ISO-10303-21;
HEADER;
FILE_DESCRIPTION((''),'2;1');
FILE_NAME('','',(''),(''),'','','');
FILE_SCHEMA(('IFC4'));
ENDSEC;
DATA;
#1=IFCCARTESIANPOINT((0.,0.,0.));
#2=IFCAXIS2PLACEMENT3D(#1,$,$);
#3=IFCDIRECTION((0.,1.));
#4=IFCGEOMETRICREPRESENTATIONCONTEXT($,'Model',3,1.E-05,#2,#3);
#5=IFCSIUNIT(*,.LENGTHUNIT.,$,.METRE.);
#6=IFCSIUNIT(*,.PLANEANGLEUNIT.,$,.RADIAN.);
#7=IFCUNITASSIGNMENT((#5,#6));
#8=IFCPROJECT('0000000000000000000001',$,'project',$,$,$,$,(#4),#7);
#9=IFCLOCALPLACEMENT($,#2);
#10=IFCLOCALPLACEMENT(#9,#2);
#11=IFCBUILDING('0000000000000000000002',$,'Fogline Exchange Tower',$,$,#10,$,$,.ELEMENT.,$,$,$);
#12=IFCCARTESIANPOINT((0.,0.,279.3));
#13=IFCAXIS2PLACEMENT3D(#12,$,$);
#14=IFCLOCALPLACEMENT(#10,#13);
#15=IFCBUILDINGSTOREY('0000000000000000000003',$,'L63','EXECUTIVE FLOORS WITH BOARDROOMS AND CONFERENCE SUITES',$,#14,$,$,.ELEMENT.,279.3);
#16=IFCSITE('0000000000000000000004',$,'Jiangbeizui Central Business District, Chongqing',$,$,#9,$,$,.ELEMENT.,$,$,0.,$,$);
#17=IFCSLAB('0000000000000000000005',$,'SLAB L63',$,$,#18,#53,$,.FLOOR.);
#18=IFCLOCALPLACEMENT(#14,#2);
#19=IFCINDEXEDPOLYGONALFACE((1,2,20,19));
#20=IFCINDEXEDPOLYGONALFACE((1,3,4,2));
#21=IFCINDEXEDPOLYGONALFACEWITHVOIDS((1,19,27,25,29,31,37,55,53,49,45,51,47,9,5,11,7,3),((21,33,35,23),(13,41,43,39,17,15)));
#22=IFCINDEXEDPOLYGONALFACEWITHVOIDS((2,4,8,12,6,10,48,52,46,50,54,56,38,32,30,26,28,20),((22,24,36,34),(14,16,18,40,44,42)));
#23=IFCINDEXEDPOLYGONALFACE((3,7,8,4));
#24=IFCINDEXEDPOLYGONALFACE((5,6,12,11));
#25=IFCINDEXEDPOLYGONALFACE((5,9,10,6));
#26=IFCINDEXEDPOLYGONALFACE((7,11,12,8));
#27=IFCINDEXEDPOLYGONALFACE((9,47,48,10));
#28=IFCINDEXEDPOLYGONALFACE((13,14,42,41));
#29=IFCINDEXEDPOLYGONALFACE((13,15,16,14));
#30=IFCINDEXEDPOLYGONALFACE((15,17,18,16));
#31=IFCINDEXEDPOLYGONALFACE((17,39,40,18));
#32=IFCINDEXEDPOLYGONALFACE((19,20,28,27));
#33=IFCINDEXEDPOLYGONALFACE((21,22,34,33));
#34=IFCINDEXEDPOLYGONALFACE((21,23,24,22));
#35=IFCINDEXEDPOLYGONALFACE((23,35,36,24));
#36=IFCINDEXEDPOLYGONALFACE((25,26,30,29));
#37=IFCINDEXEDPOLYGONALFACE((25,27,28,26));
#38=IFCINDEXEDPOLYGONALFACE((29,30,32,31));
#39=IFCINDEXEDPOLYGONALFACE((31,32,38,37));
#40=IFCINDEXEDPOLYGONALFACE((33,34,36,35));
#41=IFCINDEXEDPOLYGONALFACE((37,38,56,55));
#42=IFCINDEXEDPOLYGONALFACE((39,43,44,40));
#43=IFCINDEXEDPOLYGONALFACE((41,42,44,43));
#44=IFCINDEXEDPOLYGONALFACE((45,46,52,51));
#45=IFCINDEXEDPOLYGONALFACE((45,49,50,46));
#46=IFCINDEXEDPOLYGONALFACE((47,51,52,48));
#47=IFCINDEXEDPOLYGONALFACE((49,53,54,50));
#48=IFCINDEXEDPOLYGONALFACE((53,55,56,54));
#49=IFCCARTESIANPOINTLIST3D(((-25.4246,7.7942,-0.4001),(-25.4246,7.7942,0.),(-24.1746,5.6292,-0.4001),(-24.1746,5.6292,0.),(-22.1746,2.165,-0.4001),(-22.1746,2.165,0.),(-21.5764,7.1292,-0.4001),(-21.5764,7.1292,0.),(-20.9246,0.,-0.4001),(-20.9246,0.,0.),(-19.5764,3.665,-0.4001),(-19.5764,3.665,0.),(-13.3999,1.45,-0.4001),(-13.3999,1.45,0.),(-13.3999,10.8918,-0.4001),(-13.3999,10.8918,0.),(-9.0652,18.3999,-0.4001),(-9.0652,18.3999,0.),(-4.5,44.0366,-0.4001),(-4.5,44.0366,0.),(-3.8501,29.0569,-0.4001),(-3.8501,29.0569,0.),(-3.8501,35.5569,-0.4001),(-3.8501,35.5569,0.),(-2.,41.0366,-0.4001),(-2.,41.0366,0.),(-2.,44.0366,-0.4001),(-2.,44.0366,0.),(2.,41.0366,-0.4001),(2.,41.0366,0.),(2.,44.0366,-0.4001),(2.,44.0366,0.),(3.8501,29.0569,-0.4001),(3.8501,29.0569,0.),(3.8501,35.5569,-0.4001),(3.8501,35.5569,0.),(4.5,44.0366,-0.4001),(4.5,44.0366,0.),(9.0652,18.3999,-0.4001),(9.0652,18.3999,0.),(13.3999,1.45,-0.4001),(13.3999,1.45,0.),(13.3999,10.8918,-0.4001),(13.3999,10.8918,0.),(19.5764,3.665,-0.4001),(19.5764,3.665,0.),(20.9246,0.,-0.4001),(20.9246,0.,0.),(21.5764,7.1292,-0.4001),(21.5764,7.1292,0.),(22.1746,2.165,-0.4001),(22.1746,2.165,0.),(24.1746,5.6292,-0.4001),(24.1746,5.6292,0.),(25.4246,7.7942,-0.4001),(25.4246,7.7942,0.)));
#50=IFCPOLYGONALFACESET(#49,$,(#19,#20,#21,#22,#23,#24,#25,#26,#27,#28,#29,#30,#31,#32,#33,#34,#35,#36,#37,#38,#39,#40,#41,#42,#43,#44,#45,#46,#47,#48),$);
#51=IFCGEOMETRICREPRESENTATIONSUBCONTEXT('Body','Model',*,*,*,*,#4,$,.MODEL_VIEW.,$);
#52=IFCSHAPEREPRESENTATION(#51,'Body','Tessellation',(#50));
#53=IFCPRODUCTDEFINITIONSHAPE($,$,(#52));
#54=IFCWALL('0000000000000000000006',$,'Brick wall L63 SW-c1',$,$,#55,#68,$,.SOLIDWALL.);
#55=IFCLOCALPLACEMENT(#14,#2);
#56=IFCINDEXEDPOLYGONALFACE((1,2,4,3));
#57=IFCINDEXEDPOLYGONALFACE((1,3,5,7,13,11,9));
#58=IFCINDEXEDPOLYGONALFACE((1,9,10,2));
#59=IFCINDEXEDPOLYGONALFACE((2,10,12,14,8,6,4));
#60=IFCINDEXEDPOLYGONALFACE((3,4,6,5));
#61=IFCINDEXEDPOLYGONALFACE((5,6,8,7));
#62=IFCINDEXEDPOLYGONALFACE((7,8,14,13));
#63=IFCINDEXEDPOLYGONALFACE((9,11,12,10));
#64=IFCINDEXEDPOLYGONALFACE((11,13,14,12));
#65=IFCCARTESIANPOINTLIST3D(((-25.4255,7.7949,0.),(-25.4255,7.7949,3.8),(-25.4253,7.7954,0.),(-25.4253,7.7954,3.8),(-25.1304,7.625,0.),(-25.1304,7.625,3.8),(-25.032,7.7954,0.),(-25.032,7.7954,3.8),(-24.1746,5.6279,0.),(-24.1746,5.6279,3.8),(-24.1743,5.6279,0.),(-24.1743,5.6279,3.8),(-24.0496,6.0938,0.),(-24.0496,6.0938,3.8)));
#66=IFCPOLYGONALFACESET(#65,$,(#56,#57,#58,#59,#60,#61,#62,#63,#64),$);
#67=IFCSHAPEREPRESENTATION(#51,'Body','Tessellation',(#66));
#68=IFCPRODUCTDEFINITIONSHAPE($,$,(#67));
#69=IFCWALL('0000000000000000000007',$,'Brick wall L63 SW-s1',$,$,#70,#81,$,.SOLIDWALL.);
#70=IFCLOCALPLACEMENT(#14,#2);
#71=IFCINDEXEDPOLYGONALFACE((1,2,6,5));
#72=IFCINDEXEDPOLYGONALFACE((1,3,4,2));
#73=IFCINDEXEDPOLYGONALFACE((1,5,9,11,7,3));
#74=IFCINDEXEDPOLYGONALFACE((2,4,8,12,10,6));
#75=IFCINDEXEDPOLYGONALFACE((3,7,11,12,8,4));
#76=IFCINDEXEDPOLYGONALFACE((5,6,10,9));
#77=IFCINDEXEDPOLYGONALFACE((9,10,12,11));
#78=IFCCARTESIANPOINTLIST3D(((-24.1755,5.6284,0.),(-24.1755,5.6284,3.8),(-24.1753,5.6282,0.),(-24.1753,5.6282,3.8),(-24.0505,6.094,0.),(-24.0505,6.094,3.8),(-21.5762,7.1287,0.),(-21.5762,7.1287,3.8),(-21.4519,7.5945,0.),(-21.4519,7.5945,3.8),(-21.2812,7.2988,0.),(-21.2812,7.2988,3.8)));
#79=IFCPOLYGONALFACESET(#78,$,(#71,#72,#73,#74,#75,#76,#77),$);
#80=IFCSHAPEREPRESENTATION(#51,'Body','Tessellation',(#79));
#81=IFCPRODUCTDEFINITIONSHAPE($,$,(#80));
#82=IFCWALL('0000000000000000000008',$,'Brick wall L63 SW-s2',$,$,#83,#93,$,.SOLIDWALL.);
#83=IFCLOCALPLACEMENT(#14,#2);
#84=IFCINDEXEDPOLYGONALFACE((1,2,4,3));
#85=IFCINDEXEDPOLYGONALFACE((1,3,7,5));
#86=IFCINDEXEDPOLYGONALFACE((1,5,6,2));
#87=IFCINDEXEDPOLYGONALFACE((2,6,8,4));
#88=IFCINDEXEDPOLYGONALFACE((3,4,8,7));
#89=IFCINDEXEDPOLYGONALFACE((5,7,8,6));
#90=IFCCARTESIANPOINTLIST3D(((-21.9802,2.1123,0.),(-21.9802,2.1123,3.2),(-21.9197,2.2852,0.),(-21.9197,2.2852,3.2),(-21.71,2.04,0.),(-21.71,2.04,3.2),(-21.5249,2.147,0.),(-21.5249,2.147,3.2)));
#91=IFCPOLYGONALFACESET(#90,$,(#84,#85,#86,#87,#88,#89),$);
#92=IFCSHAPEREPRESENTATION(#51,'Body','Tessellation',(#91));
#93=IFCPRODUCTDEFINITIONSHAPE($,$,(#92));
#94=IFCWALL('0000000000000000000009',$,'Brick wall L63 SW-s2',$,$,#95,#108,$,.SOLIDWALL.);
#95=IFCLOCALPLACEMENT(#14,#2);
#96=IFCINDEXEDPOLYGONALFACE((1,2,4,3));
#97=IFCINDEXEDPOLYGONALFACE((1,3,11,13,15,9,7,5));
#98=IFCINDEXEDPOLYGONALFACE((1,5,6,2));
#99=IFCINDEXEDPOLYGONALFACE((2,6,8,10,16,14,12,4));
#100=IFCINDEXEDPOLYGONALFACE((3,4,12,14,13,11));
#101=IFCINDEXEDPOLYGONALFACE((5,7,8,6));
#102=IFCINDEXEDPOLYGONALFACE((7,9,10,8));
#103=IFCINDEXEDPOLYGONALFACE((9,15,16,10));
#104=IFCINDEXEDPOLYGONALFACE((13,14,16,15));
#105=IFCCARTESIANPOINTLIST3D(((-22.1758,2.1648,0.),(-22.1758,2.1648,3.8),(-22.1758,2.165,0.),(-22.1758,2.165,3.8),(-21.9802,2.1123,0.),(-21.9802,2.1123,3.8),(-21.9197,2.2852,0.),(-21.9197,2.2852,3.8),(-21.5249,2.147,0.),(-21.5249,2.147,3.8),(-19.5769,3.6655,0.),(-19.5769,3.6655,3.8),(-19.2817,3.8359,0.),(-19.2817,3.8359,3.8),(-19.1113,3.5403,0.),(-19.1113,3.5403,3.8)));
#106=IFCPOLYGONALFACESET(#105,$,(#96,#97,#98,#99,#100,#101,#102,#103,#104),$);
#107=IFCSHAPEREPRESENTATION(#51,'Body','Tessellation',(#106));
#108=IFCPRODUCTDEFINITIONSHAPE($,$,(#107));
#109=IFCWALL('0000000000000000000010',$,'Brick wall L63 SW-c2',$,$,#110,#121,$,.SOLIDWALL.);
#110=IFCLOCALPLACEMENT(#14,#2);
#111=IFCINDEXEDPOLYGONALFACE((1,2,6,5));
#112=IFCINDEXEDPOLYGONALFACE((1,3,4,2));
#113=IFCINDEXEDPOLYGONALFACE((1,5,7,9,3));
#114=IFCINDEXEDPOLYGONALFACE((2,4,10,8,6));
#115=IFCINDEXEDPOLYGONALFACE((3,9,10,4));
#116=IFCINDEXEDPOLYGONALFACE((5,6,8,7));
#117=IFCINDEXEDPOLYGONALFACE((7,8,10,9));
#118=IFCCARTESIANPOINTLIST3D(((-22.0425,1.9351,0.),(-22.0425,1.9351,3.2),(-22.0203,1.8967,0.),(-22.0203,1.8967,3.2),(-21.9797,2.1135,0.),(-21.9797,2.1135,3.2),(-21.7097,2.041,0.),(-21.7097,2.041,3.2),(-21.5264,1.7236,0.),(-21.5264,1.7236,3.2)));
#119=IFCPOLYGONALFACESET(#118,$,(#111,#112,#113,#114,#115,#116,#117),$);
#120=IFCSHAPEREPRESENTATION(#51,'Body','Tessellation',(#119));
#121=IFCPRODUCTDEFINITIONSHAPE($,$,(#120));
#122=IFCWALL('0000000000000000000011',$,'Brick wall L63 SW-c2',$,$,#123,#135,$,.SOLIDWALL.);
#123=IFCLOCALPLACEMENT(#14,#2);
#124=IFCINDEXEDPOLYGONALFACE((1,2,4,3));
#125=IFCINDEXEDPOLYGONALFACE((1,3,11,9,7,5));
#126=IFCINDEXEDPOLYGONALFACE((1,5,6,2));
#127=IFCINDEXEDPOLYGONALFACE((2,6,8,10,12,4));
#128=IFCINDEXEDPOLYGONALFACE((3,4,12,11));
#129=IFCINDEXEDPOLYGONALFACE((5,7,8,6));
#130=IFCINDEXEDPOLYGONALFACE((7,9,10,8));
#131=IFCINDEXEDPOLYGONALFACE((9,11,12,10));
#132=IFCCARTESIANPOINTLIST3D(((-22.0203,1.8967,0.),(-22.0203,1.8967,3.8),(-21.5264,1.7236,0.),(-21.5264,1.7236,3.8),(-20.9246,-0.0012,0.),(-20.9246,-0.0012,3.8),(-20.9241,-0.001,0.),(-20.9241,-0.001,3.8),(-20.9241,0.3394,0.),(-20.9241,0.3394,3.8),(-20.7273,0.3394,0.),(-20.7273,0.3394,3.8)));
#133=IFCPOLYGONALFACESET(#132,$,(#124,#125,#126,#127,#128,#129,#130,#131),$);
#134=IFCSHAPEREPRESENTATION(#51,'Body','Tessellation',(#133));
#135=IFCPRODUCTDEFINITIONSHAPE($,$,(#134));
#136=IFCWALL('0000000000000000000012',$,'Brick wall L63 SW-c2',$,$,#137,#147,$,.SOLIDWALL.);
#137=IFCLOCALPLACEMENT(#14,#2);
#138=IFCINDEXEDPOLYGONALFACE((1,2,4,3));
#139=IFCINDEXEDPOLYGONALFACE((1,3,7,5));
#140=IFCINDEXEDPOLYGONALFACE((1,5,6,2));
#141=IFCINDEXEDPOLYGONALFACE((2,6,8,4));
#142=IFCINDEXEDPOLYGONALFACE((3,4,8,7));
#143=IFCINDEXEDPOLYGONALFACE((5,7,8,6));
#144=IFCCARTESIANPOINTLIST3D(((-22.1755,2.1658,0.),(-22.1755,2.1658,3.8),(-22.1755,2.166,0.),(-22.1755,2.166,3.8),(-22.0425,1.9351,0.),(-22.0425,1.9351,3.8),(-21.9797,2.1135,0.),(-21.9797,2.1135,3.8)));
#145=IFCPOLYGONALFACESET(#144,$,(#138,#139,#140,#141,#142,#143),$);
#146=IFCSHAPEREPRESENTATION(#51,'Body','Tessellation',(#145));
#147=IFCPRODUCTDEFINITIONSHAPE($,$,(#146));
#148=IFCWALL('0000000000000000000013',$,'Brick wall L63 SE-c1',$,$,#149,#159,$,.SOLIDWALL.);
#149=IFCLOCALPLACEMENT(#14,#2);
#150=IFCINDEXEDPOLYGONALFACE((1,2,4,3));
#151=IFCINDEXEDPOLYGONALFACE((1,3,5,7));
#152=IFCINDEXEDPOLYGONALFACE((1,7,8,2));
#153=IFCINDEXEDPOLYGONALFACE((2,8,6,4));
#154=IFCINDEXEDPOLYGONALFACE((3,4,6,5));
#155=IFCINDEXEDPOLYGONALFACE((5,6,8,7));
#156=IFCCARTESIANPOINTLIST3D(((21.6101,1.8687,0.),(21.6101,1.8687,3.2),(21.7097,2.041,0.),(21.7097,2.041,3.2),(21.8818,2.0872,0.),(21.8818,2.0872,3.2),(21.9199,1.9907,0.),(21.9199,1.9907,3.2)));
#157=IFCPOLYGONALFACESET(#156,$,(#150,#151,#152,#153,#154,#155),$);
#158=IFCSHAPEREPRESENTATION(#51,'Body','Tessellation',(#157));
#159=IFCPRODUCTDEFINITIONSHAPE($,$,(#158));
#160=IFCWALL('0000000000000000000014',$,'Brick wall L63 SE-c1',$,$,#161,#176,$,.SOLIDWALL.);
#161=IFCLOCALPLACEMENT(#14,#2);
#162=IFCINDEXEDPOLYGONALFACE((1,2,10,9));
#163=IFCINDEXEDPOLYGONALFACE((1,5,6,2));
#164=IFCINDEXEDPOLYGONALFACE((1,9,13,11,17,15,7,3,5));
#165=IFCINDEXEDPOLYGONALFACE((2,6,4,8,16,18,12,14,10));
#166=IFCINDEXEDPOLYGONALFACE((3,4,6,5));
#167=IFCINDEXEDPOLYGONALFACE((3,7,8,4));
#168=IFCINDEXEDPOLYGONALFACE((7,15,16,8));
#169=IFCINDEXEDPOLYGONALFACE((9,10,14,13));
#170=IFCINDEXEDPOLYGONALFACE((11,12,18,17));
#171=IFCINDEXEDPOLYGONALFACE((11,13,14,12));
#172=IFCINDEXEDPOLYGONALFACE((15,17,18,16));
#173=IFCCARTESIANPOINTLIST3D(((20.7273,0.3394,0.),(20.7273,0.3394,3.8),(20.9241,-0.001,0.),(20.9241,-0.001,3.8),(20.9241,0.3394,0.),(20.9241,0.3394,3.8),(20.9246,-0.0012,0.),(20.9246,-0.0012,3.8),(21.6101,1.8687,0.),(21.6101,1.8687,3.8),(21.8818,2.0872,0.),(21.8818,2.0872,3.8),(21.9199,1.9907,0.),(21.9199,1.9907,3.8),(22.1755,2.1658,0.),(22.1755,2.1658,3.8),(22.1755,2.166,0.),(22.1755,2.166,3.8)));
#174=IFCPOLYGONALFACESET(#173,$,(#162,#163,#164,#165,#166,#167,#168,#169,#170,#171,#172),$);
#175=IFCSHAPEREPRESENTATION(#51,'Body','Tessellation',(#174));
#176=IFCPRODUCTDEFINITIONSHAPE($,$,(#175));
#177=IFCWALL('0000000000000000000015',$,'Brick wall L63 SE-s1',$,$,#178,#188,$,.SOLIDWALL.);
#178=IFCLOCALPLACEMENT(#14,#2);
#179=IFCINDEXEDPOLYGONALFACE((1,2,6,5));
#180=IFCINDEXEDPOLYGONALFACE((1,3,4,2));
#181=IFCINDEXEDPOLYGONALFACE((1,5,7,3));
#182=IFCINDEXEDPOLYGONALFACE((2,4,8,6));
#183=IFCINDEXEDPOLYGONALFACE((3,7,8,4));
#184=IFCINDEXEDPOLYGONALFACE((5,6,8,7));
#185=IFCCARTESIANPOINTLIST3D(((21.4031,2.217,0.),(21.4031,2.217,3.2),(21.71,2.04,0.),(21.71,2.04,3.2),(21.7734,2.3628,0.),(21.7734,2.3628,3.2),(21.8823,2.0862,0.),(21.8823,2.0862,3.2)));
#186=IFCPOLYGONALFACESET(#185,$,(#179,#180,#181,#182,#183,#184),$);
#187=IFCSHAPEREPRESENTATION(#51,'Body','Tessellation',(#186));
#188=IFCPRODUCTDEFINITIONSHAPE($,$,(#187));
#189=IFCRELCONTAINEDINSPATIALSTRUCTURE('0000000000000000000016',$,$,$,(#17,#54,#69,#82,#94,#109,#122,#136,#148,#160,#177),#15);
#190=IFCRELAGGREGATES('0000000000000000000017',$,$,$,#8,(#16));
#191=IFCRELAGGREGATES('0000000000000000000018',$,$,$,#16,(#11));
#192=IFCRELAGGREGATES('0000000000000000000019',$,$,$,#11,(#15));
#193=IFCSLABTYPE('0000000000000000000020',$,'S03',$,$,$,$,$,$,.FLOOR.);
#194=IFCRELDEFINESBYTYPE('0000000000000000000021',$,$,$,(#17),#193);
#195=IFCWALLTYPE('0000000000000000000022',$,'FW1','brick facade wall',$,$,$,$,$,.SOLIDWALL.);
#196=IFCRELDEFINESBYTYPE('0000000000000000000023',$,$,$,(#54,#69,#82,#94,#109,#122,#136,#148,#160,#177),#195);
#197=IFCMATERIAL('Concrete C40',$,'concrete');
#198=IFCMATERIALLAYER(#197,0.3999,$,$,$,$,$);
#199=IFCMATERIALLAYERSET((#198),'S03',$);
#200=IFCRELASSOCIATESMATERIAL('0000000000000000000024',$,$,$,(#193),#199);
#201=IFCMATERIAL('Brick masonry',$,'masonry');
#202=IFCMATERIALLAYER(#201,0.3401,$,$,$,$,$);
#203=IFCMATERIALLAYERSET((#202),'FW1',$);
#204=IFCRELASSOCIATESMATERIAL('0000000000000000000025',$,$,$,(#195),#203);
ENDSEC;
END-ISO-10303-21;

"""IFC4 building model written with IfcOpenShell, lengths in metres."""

from ifc_helpers import new_model, si_unit, direction, frame, origin, place, context, subcontext, project, spatial, polyline, outline, extrude, material, layer, layer_set, type_object, element, save


model = new_model("IFC4")

# Units and contexts
model_context = context("Model", 3, precision=1e-05, world=origin(), true_north=direction((0.0, 1.0)))
body_context = subcontext(model_context, "Body", "Model", "MODEL_VIEW")
ifc_project = project(units=[si_unit("LENGTHUNIT", "METRE"), si_unit("PLANEANGLEUNIT", "RADIAN")], contexts=[model_context])

# Site, building, storey
site_placement = place(None, origin())
site = spatial("IfcSite", under=ifc_project, at=site_placement, Name="Jiangbeizui Central Business District, Chongqing", CompositionType="ELEMENT", RefElevation=0.0)
building_placement = place(site_placement, origin())
building = spatial("IfcBuilding", under=site, at=building_placement, Name="Fogline Exchange Tower", CompositionType="ELEMENT")
storey_placement = place(building_placement, frame((0.0, 0.0, 279.3)))
storey = spatial("IfcBuildingStorey", under=building, at=storey_placement, Name="L63", Description="EXECUTIVE FLOORS WITH BOARDROOMS AND CONFERENCE SUITES", CompositionType="ELEMENT", Elevation=279.3)

# Slab
ifc_material_1 = material(Name="Concrete C40", Category="concrete")
ifc_layer_1 = layer(ifc_material_1, 0.3999)
ifc_layer_set_1 = layer_set([ifc_layer_1], Name="S03")
slab_type = type_object("IfcSlabType", Name="S03", PredefinedType="FLOOR", material=ifc_layer_set_1)
slab_placement = place(storey_placement, frame((0.0, 0.0, -0.4001)))
element("IfcSlab", 1, at=slab_placement, inside=storey, type_object=slab_type, Name="SLAB L63", PredefinedType="FLOOR", context=body_context, shape_type="SweptSolid", body=[
    extrude(outline(polyline([(-2.0, 44.0366), (-4.5, 44.0366), (-25.4246, 7.7942), (-24.1746, 5.6292), (-21.5764, 7.1292), (-19.5764, 3.665), (-22.1746, 2.165), (-20.9246, 0.0), (20.9246, 0.0), (22.1746, 2.165), (19.5764, 3.665), (21.5764, 7.1292), (24.1746, 5.6292), (25.4246, 7.7942), (4.5, 44.0366), (2.0, 44.0366), (2.0, 41.0366), (-2.0, 41.0366), (-2.0, 44.0366)]), holes=[polyline([(13.3999, 10.8918), (13.3999, 1.45), (-13.3999, 1.45), (-13.3999, 10.8918), (-9.0652, 18.3999), (9.0652, 18.3999), (13.3999, 10.8918)]), polyline([(3.8501, 35.5569), (3.8501, 29.0569), (-3.8501, 29.0569), (-3.8501, 35.5569), (3.8501, 35.5569)])]), origin(), (0.0, 0.0, 1.0), 0.4001),
])

# Walls
ifc_material_2 = material(Name="Brick masonry", Category="masonry")
ifc_layer_2 = layer(ifc_material_2, 0.3401)
ifc_layer_set_2 = layer_set([ifc_layer_2], Name="FW1")
wall_type = type_object("IfcWallType", Name="FW1", Description="brick facade wall", PredefinedType="SOLIDWALL", material=ifc_layer_set_2)
wall_1_placement = place(storey_placement, origin())
element("IfcWall", 2, at=wall_1_placement, inside=storey, type_object=wall_type, Name="Brick wall L63 SW-c1", PredefinedType="SOLIDWALL", context=body_context, shape_type="SweptSolid", body=[
    extrude(outline(polyline([(-24.1746, 5.6279), (-25.4255, 7.7949), (-25.4253, 7.7954), (-25.1304, 7.625), (-25.032, 7.7954), (-24.0496, 6.0938), (-24.1743, 5.6279), (-24.1746, 5.6279)])), origin(), (0.0, 0.0, 1.0), 3.8),
])
wall_2_placement = place(storey_placement, origin())
element("IfcWall", 3, at=wall_2_placement, inside=storey, type_object=wall_type, Name="Brick wall L63 SW-s1", PredefinedType="SOLIDWALL", context=body_context, shape_type="SweptSolid", body=[
    extrude(outline(polyline([(-21.4519, 7.5945), (-21.2812, 7.2988), (-21.5762, 7.1287), (-24.1753, 5.6282), (-24.1755, 5.6284), (-24.0505, 6.094), (-21.4519, 7.5945)])), origin(), (0.0, 0.0, 1.0), 3.8),
])
wall_3_placement = place(storey_placement, origin())
element("IfcWall", 4, at=wall_3_placement, inside=storey, type_object=wall_type, Name="Brick wall L63 SW-s2", PredefinedType="SOLIDWALL", context=body_context, shape_type="SweptSolid", body=[
    extrude(outline(polyline([(-21.71, 2.04), (-21.9802, 2.1123), (-21.9197, 2.2852), (-21.5249, 2.147), (-21.71, 2.04)])), origin(), (0.0, 0.0, 1.0), 3.2),
])
wall_4_placement = place(storey_placement, origin())
element("IfcWall", 5, at=wall_4_placement, inside=storey, type_object=wall_type, Name="Brick wall L63 SW-s2", PredefinedType="SOLIDWALL", context=body_context, shape_type="SweptSolid", body=[
    extrude(outline(polyline([(-19.5769, 3.6655), (-19.2817, 3.8359), (-19.1113, 3.5403), (-21.5249, 2.147), (-21.9197, 2.2852), (-21.9802, 2.1123), (-22.1758, 2.1648), (-22.1758, 2.165), (-19.5769, 3.6655)])), origin(), (0.0, 0.0, 1.0), 3.8),
])
wall_5_placement = place(storey_placement, origin())
element("IfcWall", 6, at=wall_5_placement, inside=storey, type_object=wall_type, Name="Brick wall L63 SW-c2", PredefinedType="SOLIDWALL", context=body_context, shape_type="SweptSolid", body=[
    extrude(outline(polyline([(-22.0425, 1.9351), (-21.9797, 2.1135), (-21.7097, 2.041), (-21.5264, 1.7236), (-22.0203, 1.8967), (-22.0425, 1.9351)])), origin(), (0.0, 0.0, 1.0), 3.2),
])
wall_6_placement = place(storey_placement, origin())
element("IfcWall", 7, at=wall_6_placement, inside=storey, type_object=wall_type, Name="Brick wall L63 SW-c2", PredefinedType="SOLIDWALL", context=body_context, shape_type="SweptSolid", body=[
    extrude(outline(polyline([(-20.9241, 0.3394), (-20.9241, -0.001), (-20.9246, -0.0012), (-22.0203, 1.8967), (-21.5264, 1.7236), (-20.7273, 0.3394), (-20.9241, 0.3394)])), origin(), (0.0, 0.0, 1.0), 3.8),
])
wall_7_placement = place(storey_placement, origin())
element("IfcWall", 8, at=wall_7_placement, inside=storey, type_object=wall_type, Name="Brick wall L63 SW-c2", PredefinedType="SOLIDWALL", context=body_context, shape_type="SweptSolid", body=[
    extrude(outline(polyline([(-22.1755, 2.1658), (-22.1755, 2.166), (-21.9797, 2.1135), (-22.0425, 1.9351), (-22.1755, 2.1658)])), origin(), (0.0, 0.0, 1.0), 3.8),
])
wall_8_placement = place(storey_placement, origin())
element("IfcWall", 9, at=wall_8_placement, inside=storey, type_object=wall_type, Name="Brick wall L63 SE-c1", PredefinedType="SOLIDWALL", context=body_context, shape_type="SweptSolid", body=[
    extrude(outline(polyline([(21.7097, 2.041), (21.8818, 2.0872), (21.9199, 1.9907), (21.6101, 1.8687), (21.7097, 2.041)])), origin(), (0.0, 0.0, 1.0), 3.2),
])
wall_9_placement = place(storey_placement, origin())
element("IfcWall", 10, at=wall_9_placement, inside=storey, type_object=wall_type, Name="Brick wall L63 SE-c1", PredefinedType="SOLIDWALL", context=body_context, shape_type="SweptSolid", body=[
    extrude(outline(polyline([(20.9246, -0.0012), (20.9241, -0.001), (20.9241, 0.3394), (20.7273, 0.3394), (21.6101, 1.8687), (21.9199, 1.9907), (21.8818, 2.0872), (22.1755, 2.166), (22.1755, 2.1658), (20.9246, -0.0012)])), origin(), (0.0, 0.0, 1.0), 3.8),
])
wall_10_placement = place(storey_placement, origin())
element("IfcWall", 11, at=wall_10_placement, inside=storey, type_object=wall_type, Name="Brick wall L63 SE-s1", PredefinedType="SOLIDWALL", context=body_context, shape_type="SweptSolid", body=[
    extrude(outline(polyline([(21.71, 2.04), (21.4031, 2.217), (21.7734, 2.3628), (21.8823, 2.0862), (21.71, 2.04)])), origin(), (0.0, 0.0, 1.0), 3.2),
])

save(model, "model.ifc")
